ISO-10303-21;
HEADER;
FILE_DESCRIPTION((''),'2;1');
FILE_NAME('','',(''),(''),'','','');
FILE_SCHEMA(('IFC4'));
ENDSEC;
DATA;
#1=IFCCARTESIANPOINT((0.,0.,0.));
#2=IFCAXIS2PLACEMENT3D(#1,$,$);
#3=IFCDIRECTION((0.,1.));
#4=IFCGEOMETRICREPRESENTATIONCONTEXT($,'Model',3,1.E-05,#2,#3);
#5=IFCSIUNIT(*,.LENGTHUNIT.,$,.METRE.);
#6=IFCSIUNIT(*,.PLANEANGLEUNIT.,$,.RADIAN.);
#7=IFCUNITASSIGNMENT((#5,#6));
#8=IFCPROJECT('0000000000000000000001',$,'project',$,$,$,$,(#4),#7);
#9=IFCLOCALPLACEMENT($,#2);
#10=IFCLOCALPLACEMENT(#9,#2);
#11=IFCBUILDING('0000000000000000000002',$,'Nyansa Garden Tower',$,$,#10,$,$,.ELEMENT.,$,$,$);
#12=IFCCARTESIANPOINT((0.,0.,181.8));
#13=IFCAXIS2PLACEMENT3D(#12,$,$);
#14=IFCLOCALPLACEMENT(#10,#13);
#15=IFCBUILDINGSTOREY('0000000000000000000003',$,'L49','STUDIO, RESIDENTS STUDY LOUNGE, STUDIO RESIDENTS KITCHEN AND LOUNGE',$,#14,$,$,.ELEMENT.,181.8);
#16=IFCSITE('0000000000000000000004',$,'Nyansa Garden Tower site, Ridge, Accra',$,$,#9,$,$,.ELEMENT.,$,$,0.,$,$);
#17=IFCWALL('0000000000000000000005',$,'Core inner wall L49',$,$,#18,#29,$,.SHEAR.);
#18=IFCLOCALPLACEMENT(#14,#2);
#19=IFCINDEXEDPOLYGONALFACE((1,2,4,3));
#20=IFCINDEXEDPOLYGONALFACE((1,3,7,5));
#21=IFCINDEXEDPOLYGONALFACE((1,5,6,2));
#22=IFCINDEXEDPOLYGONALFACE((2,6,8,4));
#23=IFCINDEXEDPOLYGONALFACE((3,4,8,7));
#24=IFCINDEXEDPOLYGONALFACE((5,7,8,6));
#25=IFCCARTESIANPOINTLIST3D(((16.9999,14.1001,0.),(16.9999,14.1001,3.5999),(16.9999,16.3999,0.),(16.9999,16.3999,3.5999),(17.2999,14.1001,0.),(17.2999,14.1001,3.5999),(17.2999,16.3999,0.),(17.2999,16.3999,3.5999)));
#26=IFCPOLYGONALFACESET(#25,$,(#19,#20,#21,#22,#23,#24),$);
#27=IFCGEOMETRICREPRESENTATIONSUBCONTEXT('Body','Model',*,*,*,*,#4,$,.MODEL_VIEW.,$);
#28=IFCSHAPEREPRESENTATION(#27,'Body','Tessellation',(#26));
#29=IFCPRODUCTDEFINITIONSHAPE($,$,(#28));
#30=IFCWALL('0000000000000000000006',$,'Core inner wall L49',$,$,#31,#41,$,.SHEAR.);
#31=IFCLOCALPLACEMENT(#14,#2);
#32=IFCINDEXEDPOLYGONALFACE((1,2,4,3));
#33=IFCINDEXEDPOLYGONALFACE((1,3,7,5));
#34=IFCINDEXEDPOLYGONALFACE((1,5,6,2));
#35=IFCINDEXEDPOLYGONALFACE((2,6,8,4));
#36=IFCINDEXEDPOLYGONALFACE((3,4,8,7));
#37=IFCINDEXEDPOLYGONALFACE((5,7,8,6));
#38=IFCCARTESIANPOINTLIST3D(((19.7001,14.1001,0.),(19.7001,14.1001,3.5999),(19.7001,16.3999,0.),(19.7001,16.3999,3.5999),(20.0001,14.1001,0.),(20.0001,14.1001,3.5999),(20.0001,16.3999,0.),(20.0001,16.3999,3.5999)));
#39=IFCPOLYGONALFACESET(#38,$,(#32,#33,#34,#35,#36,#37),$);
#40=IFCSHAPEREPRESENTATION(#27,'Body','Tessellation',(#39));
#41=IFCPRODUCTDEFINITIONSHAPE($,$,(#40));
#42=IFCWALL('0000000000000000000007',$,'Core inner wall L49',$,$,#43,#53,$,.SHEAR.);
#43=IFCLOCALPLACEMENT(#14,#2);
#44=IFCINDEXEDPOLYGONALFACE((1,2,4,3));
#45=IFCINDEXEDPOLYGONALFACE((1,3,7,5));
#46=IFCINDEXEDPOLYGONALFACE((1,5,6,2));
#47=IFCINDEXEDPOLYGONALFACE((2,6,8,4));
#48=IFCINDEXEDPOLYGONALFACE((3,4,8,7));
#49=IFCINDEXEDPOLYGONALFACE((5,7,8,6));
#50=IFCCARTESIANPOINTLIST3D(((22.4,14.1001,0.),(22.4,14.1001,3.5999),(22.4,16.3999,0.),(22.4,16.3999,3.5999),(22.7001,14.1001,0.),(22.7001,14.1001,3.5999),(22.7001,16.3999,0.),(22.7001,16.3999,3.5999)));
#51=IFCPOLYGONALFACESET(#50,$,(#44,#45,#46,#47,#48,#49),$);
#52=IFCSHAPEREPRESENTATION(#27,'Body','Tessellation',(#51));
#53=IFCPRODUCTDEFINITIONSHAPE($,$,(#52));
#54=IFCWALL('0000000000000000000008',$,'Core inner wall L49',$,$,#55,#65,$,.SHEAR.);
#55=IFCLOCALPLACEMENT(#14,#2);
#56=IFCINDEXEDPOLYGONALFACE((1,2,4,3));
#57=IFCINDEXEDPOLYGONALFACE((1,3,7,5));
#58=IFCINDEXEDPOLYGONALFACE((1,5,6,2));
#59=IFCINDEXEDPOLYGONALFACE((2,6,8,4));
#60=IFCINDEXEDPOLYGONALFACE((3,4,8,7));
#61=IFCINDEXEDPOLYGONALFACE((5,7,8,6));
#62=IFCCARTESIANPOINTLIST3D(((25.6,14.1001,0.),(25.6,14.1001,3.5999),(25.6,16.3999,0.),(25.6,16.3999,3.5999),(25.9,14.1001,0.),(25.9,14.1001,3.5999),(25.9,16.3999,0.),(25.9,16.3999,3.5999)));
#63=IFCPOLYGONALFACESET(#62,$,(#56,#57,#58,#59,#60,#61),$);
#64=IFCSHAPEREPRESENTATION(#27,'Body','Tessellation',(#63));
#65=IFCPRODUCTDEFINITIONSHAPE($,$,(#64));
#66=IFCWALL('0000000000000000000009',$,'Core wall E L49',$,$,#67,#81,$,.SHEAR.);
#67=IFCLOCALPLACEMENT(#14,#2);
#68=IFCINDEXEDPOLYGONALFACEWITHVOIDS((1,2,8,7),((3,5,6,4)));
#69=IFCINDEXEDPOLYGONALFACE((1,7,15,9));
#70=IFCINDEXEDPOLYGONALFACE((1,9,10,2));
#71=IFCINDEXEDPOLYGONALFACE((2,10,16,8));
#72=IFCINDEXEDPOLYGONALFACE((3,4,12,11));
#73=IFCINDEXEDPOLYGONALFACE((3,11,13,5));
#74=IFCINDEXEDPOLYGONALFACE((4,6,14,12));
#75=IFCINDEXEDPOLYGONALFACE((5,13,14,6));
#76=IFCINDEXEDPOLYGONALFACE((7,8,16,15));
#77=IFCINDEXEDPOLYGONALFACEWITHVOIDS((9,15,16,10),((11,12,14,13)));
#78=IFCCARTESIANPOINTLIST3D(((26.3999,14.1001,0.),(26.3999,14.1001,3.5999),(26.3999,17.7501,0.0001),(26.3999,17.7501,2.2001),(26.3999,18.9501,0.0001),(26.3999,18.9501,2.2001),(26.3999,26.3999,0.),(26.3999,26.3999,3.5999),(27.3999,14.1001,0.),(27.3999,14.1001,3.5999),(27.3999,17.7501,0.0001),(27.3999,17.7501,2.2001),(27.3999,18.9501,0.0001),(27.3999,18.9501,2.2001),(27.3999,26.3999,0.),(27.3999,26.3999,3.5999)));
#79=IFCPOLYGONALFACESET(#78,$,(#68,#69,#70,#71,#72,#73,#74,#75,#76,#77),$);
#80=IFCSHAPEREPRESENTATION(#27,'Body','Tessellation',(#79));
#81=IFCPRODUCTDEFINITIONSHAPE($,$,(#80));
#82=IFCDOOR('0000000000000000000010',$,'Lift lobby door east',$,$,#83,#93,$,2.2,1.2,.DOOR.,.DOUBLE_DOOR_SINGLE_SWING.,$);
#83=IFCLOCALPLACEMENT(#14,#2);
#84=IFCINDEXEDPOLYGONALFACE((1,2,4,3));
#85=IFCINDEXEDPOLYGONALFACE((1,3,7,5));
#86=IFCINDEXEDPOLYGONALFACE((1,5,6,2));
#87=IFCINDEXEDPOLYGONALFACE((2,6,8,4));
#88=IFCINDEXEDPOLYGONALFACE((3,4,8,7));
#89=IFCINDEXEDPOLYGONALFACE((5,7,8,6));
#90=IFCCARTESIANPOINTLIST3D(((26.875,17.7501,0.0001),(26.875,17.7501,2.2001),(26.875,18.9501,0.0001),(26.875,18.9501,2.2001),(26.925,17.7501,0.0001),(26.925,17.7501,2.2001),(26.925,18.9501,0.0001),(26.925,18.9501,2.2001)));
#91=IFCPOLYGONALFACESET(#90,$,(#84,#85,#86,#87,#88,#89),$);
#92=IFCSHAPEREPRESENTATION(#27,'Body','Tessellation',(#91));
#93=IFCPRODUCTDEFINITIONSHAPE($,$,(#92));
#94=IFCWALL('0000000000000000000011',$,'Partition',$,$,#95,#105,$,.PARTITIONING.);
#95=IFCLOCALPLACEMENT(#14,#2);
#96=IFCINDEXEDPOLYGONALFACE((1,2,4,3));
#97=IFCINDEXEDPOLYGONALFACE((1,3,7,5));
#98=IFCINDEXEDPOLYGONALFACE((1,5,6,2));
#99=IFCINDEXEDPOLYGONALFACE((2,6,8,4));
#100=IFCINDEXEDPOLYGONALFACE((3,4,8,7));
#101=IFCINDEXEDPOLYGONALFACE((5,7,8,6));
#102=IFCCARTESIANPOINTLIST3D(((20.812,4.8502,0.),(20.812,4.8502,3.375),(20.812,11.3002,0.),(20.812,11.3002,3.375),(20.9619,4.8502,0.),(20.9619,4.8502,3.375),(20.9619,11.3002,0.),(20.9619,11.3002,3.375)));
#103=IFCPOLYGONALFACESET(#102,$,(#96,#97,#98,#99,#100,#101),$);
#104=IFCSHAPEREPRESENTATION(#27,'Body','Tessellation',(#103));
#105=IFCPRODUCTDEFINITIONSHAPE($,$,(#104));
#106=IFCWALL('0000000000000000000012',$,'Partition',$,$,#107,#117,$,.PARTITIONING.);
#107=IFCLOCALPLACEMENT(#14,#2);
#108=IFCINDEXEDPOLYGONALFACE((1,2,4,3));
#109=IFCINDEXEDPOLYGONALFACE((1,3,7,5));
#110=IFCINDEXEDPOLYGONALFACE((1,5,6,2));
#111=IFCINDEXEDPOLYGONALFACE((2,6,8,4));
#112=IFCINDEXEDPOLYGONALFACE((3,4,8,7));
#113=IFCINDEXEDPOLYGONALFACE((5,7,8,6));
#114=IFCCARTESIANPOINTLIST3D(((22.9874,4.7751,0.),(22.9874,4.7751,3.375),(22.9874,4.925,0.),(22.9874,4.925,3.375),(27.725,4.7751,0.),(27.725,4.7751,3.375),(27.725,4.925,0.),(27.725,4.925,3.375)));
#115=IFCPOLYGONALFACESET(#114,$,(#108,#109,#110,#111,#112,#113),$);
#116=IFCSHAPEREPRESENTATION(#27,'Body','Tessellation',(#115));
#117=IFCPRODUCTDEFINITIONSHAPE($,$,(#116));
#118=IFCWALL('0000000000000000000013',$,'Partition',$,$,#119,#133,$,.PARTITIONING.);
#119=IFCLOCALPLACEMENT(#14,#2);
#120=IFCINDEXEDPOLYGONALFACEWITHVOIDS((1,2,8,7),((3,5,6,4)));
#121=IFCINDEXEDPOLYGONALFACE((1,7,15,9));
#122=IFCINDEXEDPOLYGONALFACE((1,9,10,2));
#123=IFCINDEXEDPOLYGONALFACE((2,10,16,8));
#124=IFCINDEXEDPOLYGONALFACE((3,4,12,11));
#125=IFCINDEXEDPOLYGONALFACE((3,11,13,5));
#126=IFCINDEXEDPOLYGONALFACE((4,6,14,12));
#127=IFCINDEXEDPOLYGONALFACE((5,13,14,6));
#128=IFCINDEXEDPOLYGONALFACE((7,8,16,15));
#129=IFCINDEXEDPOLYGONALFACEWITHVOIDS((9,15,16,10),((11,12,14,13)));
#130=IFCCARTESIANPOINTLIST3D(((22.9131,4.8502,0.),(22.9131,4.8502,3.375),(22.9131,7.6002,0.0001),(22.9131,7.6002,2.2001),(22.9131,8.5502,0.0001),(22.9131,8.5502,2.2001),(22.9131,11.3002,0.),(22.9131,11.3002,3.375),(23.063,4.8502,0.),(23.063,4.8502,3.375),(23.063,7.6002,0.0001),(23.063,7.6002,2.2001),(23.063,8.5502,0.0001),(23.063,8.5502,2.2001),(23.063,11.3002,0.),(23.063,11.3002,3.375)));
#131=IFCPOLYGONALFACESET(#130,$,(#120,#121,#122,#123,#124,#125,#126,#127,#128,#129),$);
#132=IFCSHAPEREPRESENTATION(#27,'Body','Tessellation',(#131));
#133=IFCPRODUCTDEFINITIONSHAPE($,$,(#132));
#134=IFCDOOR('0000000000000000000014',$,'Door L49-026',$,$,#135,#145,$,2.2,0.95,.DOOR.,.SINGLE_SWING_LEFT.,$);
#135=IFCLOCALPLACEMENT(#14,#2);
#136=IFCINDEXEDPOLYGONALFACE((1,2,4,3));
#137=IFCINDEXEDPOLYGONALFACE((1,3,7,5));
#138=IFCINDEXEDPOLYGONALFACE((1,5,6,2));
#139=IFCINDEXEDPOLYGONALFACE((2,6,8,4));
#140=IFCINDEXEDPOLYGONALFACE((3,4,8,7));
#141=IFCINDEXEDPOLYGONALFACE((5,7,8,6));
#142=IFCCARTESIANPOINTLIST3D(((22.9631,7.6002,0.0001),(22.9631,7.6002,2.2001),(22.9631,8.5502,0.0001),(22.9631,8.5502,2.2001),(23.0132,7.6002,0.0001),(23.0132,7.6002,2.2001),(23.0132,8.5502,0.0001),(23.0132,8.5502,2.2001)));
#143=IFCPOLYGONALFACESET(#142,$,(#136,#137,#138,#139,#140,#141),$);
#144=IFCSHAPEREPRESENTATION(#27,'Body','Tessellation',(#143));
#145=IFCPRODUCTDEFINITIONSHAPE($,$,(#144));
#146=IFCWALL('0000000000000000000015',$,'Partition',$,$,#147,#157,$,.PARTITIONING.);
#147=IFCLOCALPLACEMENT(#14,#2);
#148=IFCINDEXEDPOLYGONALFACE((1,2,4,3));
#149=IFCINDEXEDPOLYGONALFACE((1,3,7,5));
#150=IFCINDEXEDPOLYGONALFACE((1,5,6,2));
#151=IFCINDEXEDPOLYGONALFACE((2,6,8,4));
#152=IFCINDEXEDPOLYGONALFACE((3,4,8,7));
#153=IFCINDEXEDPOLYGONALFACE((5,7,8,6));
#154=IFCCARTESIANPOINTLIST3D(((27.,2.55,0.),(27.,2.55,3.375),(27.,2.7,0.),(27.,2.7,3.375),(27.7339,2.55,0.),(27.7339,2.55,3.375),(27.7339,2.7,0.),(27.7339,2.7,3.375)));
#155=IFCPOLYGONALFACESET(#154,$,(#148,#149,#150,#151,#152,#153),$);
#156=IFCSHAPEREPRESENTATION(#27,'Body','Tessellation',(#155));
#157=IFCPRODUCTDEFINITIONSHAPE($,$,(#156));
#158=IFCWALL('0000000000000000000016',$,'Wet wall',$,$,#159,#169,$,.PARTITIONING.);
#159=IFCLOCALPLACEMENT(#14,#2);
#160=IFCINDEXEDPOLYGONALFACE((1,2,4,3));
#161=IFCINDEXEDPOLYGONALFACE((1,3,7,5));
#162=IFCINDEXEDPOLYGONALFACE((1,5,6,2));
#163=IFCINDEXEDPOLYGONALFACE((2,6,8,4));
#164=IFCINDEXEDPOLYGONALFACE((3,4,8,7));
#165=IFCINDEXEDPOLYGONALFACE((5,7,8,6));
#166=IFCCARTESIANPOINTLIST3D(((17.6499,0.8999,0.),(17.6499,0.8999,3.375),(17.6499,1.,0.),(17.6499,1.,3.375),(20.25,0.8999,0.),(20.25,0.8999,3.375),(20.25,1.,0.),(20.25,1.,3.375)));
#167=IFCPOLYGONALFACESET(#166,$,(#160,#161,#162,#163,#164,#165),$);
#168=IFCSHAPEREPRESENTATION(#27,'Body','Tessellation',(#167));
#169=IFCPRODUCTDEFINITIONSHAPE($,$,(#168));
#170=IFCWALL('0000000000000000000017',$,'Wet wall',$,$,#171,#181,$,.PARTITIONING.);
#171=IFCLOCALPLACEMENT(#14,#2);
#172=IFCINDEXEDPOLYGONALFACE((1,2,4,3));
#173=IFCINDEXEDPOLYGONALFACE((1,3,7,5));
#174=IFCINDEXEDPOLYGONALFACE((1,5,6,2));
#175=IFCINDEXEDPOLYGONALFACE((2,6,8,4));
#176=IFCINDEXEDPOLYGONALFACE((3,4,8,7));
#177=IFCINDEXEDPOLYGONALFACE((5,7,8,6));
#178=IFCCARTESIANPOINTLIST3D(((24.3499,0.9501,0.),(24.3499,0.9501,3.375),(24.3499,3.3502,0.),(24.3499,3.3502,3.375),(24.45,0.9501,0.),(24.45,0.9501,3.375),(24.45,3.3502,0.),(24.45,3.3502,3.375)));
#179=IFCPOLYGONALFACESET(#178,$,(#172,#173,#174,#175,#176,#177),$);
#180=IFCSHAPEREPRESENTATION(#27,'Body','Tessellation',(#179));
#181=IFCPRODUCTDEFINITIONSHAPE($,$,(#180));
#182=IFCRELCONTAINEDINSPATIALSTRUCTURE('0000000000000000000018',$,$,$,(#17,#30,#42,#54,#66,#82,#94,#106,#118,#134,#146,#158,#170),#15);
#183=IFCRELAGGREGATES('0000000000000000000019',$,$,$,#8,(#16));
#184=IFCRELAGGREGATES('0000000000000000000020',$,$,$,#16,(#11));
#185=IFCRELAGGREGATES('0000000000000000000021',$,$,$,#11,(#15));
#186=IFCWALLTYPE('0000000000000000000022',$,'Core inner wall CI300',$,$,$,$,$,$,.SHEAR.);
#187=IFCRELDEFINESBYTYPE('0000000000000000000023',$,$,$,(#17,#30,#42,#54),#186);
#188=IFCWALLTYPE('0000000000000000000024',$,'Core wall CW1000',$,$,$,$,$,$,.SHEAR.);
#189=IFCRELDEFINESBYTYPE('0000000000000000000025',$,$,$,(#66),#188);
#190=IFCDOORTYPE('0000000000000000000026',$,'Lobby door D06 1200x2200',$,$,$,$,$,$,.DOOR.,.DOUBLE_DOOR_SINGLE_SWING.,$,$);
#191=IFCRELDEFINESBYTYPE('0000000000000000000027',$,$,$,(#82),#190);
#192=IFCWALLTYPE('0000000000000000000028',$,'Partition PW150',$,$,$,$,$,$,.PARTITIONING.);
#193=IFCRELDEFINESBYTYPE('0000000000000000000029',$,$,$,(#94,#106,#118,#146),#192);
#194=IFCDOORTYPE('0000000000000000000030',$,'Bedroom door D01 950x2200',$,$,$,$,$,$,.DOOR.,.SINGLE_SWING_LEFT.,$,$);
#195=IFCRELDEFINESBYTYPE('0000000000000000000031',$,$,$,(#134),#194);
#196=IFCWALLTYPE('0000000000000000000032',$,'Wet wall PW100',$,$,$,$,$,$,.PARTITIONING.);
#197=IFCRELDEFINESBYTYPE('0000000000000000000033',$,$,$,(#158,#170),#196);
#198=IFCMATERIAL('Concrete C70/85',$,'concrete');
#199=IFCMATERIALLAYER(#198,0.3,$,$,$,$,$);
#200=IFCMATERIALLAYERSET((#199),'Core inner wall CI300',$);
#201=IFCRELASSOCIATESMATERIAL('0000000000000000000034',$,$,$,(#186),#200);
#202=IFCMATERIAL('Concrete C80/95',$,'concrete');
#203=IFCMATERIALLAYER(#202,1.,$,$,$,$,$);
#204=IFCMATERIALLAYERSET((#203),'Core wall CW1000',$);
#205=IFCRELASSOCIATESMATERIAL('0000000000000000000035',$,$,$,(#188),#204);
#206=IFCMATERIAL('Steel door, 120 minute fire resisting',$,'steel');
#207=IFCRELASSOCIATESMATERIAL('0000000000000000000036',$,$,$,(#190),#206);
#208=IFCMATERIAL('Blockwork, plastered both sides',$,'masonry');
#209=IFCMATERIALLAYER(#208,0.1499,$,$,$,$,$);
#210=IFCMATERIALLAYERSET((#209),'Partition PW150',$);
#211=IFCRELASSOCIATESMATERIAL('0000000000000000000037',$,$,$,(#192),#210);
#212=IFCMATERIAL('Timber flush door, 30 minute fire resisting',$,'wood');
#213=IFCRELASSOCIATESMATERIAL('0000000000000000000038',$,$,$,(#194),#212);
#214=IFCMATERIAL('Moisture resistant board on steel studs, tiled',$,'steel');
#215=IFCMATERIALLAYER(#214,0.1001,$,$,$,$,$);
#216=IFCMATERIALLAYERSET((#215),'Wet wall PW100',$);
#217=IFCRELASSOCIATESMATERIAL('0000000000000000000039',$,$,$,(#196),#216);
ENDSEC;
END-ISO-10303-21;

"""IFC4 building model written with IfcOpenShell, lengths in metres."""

from ifc_helpers import new_model, si_unit, direction, frame, frame_2d, origin, place, context, subcontext, project, spatial, rectangle, extrude, material, layer, layer_set, type_object, element, fill, save


model = new_model("IFC4")

# Units and contexts
model_context = context("Model", 3, precision=1e-05, world=origin(), true_north=direction((0.0, 1.0)))
body_context = subcontext(model_context, "Body", "Model", "MODEL_VIEW")
ifc_project = project(units=[si_unit("LENGTHUNIT", "METRE"), si_unit("PLANEANGLEUNIT", "RADIAN")], contexts=[model_context])

# Site, building, storey
site_placement = place(None, origin())
site = spatial("IfcSite", under=ifc_project, at=site_placement, Name="Nyansa Garden Tower site, Ridge, Accra", CompositionType="ELEMENT", RefElevation=0.0)
building_placement = place(site_placement, origin())
building = spatial("IfcBuilding", under=site, at=building_placement, Name="Nyansa Garden Tower", CompositionType="ELEMENT")
storey_placement = place(building_placement, frame((0.0, 0.0, 181.8)))
storey = spatial("IfcBuildingStorey", under=building, at=storey_placement, Name="L49", Description="STUDIO, RESIDENTS STUDY LOUNGE, STUDIO RESIDENTS KITCHEN AND LOUNGE", CompositionType="ELEMENT", Elevation=181.8)

# Walls
ifc_material_1 = material(Name="Concrete C70/85", Category="concrete")
ifc_layer_1 = layer(ifc_material_1, 0.3)
ifc_layer_set_1 = layer_set([ifc_layer_1], Name="Core inner wall CI300")
wall_type_1 = type_object("IfcWallType", Name="Core inner wall CI300", PredefinedType="SHEAR", material=ifc_layer_set_1)
for number, where, z_axis, x_axis, name in (
    (1, (17.1499, 14.1001, 0.0), (0.0, 0.0, 1.0), (0.0, 1.0, 0.0), "Core inner wall L49"),
    (2, (19.8501, 14.1001, 0.0), (0.0, 0.0, 1.0), (0.0, 1.0, 0.0), "Core inner wall L49"),
    (3, (22.55, 14.1001, 0.0), (0.0, 0.0, 1.0), (0.0, 1.0, 0.0), "Core inner wall L49"),
    (4, (25.75, 14.1001, 0.0), (0.0, 0.0, 1.0), (0.0, 1.0, 0.0), "Core inner wall L49"),
):
    element("IfcWall", number, at=place(storey_placement, frame(where, z_axis=z_axis, x_axis=x_axis)), inside=storey, type_object=wall_type_1, Name=name, PredefinedType="SHEAR", context=body_context, shape_type="SweptSolid", body=[
        extrude(rectangle(XDim=2.2998, YDim=0.3, at=frame_2d((1.1499, 0.0))), origin(), (0.0, 0.0, 1.0), 3.5999),
    ])

# Wall, opening, door
ifc_material_2 = material(Name="Concrete C80/95", Category="concrete")
ifc_layer_2 = layer(ifc_material_2, 1.0)
ifc_layer_set_2 = layer_set([ifc_layer_2], Name="Core wall CW1000")
wall_type_2 = type_object("IfcWallType", Name="Core wall CW1000", PredefinedType="SHEAR", material=ifc_layer_set_2)
wall_1_placement = place(storey_placement, frame((26.8999, 14.1001, 0.0), z_axis=(0.0, 0.0, 1.0), x_axis=(0.0, 1.0, 0.0)))
wall_1 = element("IfcWall", 5, at=wall_1_placement, inside=storey, type_object=wall_type_2, Name="Core wall E L49", PredefinedType="SHEAR", context=body_context, shape_type="SweptSolid", body=[
    extrude(rectangle(XDim=12.2998, YDim=1.0, at=frame_2d((6.1499, 0.0))), origin(), (0.0, 0.0, 1.0), 3.5999),
])
opening_1_placement = place(wall_1_placement, frame((3.6499, 0.0, 0.0)))
opening_1 = element("IfcOpeningElement", 6, at=opening_1_placement, cuts=wall_1, PredefinedType="OPENING", context=body_context, shape_type="SweptSolid", body=[
    extrude(rectangle(XDim=1.2, YDim=2.2, at=frame_2d((0.6001, 1.1001))), frame((0.0, 0.51, 0.0), z_axis=(0.0, -1.0, 0.0), x_axis=(1.0, 0.0, 0.0)), (0.0, 0.0, 1.0), 1.02),
])
ifc_material_3 = material(Name="Steel door, 120 minute fire resisting", Category="steel")
door_type_1 = type_object("IfcDoorType", Name="Lobby door D06 1200x2200", OperationType="DOUBLE_DOOR_SINGLE_SWING", PredefinedType="DOOR", material=ifc_material_3)
door_1_placement = place(opening_1_placement, origin())
door_1 = element("IfcDoor", 7, at=door_1_placement, inside=storey, type_object=door_type_1, Name="Lift lobby door east", OperationType="DOUBLE_DOOR_SINGLE_SWING", OverallHeight=2.2, OverallWidth=1.2, PredefinedType="DOOR", context=body_context, shape_type="SweptSolid", body=[
    extrude(rectangle(XDim=1.2, YDim=2.2, at=frame_2d((0.6001, 1.1001))), frame((0.0, 0.0249, 0.0), z_axis=(0.0, -1.0, 0.0), x_axis=(1.0, 0.0, 0.0)), (0.0, 0.0, 1.0), 0.05),
])
fill(opening_1, door_1)

# Walls
ifc_material_4 = material(Name="Blockwork, plastered both sides", Category="masonry")
ifc_layer_3 = layer(ifc_material_4, 0.1499)
ifc_layer_set_3 = layer_set([ifc_layer_3], Name="Partition PW150")
wall_type_3 = type_object("IfcWallType", Name="Partition PW150", PredefinedType="PARTITIONING", material=ifc_layer_set_3)
wall_2_placement = place(storey_placement, frame((20.887, 4.8501, 0.0), z_axis=(0.0, 0.0, 1.0), x_axis=(0.0, 1.0, 0.0)))
element("IfcWall", 8, at=wall_2_placement, inside=storey, type_object=wall_type_3, Name="Partition", PredefinedType="PARTITIONING", context=body_context, shape_type="SweptSolid", body=[
    extrude(rectangle(XDim=6.45, YDim=0.1499, at=frame_2d((3.2251, 0.0))), origin(), (0.0, 0.0, 1.0), 3.375),
])
wall_3_placement = place(storey_placement, frame((22.9875, 4.8501, 0.0), z_axis=(0.0, 0.0, 1.0), x_axis=(1.0, 0.0, 0.0)))
element("IfcWall", 9, at=wall_3_placement, inside=storey, type_object=wall_type_3, Name="Partition", PredefinedType="PARTITIONING", context=body_context, shape_type="SweptSolid", body=[
    extrude(rectangle(XDim=4.7375, YDim=0.1499, at=frame_2d((2.3687, 0.0))), origin(), (0.0, 0.0, 1.0), 3.375),
])

# Wall, opening, door
wall_4_placement = place(storey_placement, frame((22.988, 4.8501, 0.0), z_axis=(0.0, 0.0, 1.0), x_axis=(0.0, 1.0, 0.0)))
wall_4 = element("IfcWall", 10, at=wall_4_placement, inside=storey, type_object=wall_type_3, Name="Partition", PredefinedType="PARTITIONING", context=body_context, shape_type="SweptSolid", body=[
    extrude(rectangle(XDim=6.45, YDim=0.1499, at=frame_2d((3.2251, 0.0))), origin(), (0.0, 0.0, 1.0), 3.375),
])
opening_2_placement = place(wall_4_placement, frame((2.75, 0.0, 0.0)))
opening_2 = element("IfcOpeningElement", 11, at=opening_2_placement, cuts=wall_4, PredefinedType="OPENING", context=body_context, shape_type="SweptSolid", body=[
    extrude(rectangle(XDim=0.95, YDim=2.2, at=frame_2d((0.4751, 1.1001))), frame((0.0, 0.085, 0.0), z_axis=(0.0, -1.0, 0.0), x_axis=(1.0, 0.0, 0.0)), (0.0, 0.0, 1.0), 0.1699),
])
ifc_material_5 = material(Name="Timber flush door, 30 minute fire resisting", Category="wood")
door_type_2 = type_object("IfcDoorType", Name="Bedroom door D01 950x2200", OperationType="SINGLE_SWING_LEFT", PredefinedType="DOOR", material=ifc_material_5)
door_2_placement = place(opening_2_placement, origin())
door_2 = element("IfcDoor", 12, at=door_2_placement, inside=storey, type_object=door_type_2, Name="Door L49-026", OperationType="SINGLE_SWING_LEFT", OverallHeight=2.2, OverallWidth=0.95, PredefinedType="DOOR", context=body_context, shape_type="SweptSolid", body=[
    extrude(rectangle(XDim=0.95, YDim=2.2, at=frame_2d((0.4751, 1.1001))), frame((0.0, 0.0249, 0.0), z_axis=(0.0, -1.0, 0.0), x_axis=(1.0, 0.0, 0.0)), (0.0, 0.0, 1.0), 0.05),
])
fill(opening_2, door_2)

# Walls
wall_5_placement = place(storey_placement, frame((27.0, 2.625, 0.0), z_axis=(0.0, 0.0, 1.0), x_axis=(1.0, 0.0, 0.0)))
element("IfcWall", 13, at=wall_5_placement, inside=storey, type_object=wall_type_3, Name="Partition", PredefinedType="PARTITIONING", context=body_context, shape_type="SweptSolid", body=[
    extrude(rectangle(XDim=0.7339, YDim=0.1499, at=frame_2d((0.3669, 0.0))), origin(), (0.0, 0.0, 1.0), 3.375),
])
ifc_material_6 = material(Name="Moisture resistant board on steel studs, tiled", Category="steel")
ifc_layer_4 = layer(ifc_material_6, 0.1001)
ifc_layer_set_4 = layer_set([ifc_layer_4], Name="Wet wall PW100")
wall_type_4 = type_object("IfcWallType", Name="Wet wall PW100", PredefinedType="PARTITIONING", material=ifc_layer_set_4)
wall_6_placement = place(storey_placement, frame((17.6499, 0.95, 0.0), z_axis=(0.0, 0.0, 1.0), x_axis=(1.0, 0.0, 0.0)))
element("IfcWall", 14, at=wall_6_placement, inside=storey, type_object=wall_type_4, Name="Wet wall", PredefinedType="PARTITIONING", context=body_context, shape_type="SweptSolid", body=[
    extrude(rectangle(XDim=2.6001, YDim=0.1001, at=frame_2d((1.3, 0.0))), origin(), (0.0, 0.0, 1.0), 3.375),
])
wall_7_placement = place(storey_placement, frame((24.3999, 0.95, 0.0), z_axis=(0.0, 0.0, 1.0), x_axis=(0.0, 1.0, 0.0)))
element("IfcWall", 15, at=wall_7_placement, inside=storey, type_object=wall_type_4, Name="Wet wall", PredefinedType="PARTITIONING", context=body_context, shape_type="SweptSolid", body=[
    extrude(rectangle(XDim=2.4001, YDim=0.1001, at=frame_2d((1.2002, 0.0))), origin(), (0.0, 0.0, 1.0), 3.375),
])

save(model, "model.ifc")
